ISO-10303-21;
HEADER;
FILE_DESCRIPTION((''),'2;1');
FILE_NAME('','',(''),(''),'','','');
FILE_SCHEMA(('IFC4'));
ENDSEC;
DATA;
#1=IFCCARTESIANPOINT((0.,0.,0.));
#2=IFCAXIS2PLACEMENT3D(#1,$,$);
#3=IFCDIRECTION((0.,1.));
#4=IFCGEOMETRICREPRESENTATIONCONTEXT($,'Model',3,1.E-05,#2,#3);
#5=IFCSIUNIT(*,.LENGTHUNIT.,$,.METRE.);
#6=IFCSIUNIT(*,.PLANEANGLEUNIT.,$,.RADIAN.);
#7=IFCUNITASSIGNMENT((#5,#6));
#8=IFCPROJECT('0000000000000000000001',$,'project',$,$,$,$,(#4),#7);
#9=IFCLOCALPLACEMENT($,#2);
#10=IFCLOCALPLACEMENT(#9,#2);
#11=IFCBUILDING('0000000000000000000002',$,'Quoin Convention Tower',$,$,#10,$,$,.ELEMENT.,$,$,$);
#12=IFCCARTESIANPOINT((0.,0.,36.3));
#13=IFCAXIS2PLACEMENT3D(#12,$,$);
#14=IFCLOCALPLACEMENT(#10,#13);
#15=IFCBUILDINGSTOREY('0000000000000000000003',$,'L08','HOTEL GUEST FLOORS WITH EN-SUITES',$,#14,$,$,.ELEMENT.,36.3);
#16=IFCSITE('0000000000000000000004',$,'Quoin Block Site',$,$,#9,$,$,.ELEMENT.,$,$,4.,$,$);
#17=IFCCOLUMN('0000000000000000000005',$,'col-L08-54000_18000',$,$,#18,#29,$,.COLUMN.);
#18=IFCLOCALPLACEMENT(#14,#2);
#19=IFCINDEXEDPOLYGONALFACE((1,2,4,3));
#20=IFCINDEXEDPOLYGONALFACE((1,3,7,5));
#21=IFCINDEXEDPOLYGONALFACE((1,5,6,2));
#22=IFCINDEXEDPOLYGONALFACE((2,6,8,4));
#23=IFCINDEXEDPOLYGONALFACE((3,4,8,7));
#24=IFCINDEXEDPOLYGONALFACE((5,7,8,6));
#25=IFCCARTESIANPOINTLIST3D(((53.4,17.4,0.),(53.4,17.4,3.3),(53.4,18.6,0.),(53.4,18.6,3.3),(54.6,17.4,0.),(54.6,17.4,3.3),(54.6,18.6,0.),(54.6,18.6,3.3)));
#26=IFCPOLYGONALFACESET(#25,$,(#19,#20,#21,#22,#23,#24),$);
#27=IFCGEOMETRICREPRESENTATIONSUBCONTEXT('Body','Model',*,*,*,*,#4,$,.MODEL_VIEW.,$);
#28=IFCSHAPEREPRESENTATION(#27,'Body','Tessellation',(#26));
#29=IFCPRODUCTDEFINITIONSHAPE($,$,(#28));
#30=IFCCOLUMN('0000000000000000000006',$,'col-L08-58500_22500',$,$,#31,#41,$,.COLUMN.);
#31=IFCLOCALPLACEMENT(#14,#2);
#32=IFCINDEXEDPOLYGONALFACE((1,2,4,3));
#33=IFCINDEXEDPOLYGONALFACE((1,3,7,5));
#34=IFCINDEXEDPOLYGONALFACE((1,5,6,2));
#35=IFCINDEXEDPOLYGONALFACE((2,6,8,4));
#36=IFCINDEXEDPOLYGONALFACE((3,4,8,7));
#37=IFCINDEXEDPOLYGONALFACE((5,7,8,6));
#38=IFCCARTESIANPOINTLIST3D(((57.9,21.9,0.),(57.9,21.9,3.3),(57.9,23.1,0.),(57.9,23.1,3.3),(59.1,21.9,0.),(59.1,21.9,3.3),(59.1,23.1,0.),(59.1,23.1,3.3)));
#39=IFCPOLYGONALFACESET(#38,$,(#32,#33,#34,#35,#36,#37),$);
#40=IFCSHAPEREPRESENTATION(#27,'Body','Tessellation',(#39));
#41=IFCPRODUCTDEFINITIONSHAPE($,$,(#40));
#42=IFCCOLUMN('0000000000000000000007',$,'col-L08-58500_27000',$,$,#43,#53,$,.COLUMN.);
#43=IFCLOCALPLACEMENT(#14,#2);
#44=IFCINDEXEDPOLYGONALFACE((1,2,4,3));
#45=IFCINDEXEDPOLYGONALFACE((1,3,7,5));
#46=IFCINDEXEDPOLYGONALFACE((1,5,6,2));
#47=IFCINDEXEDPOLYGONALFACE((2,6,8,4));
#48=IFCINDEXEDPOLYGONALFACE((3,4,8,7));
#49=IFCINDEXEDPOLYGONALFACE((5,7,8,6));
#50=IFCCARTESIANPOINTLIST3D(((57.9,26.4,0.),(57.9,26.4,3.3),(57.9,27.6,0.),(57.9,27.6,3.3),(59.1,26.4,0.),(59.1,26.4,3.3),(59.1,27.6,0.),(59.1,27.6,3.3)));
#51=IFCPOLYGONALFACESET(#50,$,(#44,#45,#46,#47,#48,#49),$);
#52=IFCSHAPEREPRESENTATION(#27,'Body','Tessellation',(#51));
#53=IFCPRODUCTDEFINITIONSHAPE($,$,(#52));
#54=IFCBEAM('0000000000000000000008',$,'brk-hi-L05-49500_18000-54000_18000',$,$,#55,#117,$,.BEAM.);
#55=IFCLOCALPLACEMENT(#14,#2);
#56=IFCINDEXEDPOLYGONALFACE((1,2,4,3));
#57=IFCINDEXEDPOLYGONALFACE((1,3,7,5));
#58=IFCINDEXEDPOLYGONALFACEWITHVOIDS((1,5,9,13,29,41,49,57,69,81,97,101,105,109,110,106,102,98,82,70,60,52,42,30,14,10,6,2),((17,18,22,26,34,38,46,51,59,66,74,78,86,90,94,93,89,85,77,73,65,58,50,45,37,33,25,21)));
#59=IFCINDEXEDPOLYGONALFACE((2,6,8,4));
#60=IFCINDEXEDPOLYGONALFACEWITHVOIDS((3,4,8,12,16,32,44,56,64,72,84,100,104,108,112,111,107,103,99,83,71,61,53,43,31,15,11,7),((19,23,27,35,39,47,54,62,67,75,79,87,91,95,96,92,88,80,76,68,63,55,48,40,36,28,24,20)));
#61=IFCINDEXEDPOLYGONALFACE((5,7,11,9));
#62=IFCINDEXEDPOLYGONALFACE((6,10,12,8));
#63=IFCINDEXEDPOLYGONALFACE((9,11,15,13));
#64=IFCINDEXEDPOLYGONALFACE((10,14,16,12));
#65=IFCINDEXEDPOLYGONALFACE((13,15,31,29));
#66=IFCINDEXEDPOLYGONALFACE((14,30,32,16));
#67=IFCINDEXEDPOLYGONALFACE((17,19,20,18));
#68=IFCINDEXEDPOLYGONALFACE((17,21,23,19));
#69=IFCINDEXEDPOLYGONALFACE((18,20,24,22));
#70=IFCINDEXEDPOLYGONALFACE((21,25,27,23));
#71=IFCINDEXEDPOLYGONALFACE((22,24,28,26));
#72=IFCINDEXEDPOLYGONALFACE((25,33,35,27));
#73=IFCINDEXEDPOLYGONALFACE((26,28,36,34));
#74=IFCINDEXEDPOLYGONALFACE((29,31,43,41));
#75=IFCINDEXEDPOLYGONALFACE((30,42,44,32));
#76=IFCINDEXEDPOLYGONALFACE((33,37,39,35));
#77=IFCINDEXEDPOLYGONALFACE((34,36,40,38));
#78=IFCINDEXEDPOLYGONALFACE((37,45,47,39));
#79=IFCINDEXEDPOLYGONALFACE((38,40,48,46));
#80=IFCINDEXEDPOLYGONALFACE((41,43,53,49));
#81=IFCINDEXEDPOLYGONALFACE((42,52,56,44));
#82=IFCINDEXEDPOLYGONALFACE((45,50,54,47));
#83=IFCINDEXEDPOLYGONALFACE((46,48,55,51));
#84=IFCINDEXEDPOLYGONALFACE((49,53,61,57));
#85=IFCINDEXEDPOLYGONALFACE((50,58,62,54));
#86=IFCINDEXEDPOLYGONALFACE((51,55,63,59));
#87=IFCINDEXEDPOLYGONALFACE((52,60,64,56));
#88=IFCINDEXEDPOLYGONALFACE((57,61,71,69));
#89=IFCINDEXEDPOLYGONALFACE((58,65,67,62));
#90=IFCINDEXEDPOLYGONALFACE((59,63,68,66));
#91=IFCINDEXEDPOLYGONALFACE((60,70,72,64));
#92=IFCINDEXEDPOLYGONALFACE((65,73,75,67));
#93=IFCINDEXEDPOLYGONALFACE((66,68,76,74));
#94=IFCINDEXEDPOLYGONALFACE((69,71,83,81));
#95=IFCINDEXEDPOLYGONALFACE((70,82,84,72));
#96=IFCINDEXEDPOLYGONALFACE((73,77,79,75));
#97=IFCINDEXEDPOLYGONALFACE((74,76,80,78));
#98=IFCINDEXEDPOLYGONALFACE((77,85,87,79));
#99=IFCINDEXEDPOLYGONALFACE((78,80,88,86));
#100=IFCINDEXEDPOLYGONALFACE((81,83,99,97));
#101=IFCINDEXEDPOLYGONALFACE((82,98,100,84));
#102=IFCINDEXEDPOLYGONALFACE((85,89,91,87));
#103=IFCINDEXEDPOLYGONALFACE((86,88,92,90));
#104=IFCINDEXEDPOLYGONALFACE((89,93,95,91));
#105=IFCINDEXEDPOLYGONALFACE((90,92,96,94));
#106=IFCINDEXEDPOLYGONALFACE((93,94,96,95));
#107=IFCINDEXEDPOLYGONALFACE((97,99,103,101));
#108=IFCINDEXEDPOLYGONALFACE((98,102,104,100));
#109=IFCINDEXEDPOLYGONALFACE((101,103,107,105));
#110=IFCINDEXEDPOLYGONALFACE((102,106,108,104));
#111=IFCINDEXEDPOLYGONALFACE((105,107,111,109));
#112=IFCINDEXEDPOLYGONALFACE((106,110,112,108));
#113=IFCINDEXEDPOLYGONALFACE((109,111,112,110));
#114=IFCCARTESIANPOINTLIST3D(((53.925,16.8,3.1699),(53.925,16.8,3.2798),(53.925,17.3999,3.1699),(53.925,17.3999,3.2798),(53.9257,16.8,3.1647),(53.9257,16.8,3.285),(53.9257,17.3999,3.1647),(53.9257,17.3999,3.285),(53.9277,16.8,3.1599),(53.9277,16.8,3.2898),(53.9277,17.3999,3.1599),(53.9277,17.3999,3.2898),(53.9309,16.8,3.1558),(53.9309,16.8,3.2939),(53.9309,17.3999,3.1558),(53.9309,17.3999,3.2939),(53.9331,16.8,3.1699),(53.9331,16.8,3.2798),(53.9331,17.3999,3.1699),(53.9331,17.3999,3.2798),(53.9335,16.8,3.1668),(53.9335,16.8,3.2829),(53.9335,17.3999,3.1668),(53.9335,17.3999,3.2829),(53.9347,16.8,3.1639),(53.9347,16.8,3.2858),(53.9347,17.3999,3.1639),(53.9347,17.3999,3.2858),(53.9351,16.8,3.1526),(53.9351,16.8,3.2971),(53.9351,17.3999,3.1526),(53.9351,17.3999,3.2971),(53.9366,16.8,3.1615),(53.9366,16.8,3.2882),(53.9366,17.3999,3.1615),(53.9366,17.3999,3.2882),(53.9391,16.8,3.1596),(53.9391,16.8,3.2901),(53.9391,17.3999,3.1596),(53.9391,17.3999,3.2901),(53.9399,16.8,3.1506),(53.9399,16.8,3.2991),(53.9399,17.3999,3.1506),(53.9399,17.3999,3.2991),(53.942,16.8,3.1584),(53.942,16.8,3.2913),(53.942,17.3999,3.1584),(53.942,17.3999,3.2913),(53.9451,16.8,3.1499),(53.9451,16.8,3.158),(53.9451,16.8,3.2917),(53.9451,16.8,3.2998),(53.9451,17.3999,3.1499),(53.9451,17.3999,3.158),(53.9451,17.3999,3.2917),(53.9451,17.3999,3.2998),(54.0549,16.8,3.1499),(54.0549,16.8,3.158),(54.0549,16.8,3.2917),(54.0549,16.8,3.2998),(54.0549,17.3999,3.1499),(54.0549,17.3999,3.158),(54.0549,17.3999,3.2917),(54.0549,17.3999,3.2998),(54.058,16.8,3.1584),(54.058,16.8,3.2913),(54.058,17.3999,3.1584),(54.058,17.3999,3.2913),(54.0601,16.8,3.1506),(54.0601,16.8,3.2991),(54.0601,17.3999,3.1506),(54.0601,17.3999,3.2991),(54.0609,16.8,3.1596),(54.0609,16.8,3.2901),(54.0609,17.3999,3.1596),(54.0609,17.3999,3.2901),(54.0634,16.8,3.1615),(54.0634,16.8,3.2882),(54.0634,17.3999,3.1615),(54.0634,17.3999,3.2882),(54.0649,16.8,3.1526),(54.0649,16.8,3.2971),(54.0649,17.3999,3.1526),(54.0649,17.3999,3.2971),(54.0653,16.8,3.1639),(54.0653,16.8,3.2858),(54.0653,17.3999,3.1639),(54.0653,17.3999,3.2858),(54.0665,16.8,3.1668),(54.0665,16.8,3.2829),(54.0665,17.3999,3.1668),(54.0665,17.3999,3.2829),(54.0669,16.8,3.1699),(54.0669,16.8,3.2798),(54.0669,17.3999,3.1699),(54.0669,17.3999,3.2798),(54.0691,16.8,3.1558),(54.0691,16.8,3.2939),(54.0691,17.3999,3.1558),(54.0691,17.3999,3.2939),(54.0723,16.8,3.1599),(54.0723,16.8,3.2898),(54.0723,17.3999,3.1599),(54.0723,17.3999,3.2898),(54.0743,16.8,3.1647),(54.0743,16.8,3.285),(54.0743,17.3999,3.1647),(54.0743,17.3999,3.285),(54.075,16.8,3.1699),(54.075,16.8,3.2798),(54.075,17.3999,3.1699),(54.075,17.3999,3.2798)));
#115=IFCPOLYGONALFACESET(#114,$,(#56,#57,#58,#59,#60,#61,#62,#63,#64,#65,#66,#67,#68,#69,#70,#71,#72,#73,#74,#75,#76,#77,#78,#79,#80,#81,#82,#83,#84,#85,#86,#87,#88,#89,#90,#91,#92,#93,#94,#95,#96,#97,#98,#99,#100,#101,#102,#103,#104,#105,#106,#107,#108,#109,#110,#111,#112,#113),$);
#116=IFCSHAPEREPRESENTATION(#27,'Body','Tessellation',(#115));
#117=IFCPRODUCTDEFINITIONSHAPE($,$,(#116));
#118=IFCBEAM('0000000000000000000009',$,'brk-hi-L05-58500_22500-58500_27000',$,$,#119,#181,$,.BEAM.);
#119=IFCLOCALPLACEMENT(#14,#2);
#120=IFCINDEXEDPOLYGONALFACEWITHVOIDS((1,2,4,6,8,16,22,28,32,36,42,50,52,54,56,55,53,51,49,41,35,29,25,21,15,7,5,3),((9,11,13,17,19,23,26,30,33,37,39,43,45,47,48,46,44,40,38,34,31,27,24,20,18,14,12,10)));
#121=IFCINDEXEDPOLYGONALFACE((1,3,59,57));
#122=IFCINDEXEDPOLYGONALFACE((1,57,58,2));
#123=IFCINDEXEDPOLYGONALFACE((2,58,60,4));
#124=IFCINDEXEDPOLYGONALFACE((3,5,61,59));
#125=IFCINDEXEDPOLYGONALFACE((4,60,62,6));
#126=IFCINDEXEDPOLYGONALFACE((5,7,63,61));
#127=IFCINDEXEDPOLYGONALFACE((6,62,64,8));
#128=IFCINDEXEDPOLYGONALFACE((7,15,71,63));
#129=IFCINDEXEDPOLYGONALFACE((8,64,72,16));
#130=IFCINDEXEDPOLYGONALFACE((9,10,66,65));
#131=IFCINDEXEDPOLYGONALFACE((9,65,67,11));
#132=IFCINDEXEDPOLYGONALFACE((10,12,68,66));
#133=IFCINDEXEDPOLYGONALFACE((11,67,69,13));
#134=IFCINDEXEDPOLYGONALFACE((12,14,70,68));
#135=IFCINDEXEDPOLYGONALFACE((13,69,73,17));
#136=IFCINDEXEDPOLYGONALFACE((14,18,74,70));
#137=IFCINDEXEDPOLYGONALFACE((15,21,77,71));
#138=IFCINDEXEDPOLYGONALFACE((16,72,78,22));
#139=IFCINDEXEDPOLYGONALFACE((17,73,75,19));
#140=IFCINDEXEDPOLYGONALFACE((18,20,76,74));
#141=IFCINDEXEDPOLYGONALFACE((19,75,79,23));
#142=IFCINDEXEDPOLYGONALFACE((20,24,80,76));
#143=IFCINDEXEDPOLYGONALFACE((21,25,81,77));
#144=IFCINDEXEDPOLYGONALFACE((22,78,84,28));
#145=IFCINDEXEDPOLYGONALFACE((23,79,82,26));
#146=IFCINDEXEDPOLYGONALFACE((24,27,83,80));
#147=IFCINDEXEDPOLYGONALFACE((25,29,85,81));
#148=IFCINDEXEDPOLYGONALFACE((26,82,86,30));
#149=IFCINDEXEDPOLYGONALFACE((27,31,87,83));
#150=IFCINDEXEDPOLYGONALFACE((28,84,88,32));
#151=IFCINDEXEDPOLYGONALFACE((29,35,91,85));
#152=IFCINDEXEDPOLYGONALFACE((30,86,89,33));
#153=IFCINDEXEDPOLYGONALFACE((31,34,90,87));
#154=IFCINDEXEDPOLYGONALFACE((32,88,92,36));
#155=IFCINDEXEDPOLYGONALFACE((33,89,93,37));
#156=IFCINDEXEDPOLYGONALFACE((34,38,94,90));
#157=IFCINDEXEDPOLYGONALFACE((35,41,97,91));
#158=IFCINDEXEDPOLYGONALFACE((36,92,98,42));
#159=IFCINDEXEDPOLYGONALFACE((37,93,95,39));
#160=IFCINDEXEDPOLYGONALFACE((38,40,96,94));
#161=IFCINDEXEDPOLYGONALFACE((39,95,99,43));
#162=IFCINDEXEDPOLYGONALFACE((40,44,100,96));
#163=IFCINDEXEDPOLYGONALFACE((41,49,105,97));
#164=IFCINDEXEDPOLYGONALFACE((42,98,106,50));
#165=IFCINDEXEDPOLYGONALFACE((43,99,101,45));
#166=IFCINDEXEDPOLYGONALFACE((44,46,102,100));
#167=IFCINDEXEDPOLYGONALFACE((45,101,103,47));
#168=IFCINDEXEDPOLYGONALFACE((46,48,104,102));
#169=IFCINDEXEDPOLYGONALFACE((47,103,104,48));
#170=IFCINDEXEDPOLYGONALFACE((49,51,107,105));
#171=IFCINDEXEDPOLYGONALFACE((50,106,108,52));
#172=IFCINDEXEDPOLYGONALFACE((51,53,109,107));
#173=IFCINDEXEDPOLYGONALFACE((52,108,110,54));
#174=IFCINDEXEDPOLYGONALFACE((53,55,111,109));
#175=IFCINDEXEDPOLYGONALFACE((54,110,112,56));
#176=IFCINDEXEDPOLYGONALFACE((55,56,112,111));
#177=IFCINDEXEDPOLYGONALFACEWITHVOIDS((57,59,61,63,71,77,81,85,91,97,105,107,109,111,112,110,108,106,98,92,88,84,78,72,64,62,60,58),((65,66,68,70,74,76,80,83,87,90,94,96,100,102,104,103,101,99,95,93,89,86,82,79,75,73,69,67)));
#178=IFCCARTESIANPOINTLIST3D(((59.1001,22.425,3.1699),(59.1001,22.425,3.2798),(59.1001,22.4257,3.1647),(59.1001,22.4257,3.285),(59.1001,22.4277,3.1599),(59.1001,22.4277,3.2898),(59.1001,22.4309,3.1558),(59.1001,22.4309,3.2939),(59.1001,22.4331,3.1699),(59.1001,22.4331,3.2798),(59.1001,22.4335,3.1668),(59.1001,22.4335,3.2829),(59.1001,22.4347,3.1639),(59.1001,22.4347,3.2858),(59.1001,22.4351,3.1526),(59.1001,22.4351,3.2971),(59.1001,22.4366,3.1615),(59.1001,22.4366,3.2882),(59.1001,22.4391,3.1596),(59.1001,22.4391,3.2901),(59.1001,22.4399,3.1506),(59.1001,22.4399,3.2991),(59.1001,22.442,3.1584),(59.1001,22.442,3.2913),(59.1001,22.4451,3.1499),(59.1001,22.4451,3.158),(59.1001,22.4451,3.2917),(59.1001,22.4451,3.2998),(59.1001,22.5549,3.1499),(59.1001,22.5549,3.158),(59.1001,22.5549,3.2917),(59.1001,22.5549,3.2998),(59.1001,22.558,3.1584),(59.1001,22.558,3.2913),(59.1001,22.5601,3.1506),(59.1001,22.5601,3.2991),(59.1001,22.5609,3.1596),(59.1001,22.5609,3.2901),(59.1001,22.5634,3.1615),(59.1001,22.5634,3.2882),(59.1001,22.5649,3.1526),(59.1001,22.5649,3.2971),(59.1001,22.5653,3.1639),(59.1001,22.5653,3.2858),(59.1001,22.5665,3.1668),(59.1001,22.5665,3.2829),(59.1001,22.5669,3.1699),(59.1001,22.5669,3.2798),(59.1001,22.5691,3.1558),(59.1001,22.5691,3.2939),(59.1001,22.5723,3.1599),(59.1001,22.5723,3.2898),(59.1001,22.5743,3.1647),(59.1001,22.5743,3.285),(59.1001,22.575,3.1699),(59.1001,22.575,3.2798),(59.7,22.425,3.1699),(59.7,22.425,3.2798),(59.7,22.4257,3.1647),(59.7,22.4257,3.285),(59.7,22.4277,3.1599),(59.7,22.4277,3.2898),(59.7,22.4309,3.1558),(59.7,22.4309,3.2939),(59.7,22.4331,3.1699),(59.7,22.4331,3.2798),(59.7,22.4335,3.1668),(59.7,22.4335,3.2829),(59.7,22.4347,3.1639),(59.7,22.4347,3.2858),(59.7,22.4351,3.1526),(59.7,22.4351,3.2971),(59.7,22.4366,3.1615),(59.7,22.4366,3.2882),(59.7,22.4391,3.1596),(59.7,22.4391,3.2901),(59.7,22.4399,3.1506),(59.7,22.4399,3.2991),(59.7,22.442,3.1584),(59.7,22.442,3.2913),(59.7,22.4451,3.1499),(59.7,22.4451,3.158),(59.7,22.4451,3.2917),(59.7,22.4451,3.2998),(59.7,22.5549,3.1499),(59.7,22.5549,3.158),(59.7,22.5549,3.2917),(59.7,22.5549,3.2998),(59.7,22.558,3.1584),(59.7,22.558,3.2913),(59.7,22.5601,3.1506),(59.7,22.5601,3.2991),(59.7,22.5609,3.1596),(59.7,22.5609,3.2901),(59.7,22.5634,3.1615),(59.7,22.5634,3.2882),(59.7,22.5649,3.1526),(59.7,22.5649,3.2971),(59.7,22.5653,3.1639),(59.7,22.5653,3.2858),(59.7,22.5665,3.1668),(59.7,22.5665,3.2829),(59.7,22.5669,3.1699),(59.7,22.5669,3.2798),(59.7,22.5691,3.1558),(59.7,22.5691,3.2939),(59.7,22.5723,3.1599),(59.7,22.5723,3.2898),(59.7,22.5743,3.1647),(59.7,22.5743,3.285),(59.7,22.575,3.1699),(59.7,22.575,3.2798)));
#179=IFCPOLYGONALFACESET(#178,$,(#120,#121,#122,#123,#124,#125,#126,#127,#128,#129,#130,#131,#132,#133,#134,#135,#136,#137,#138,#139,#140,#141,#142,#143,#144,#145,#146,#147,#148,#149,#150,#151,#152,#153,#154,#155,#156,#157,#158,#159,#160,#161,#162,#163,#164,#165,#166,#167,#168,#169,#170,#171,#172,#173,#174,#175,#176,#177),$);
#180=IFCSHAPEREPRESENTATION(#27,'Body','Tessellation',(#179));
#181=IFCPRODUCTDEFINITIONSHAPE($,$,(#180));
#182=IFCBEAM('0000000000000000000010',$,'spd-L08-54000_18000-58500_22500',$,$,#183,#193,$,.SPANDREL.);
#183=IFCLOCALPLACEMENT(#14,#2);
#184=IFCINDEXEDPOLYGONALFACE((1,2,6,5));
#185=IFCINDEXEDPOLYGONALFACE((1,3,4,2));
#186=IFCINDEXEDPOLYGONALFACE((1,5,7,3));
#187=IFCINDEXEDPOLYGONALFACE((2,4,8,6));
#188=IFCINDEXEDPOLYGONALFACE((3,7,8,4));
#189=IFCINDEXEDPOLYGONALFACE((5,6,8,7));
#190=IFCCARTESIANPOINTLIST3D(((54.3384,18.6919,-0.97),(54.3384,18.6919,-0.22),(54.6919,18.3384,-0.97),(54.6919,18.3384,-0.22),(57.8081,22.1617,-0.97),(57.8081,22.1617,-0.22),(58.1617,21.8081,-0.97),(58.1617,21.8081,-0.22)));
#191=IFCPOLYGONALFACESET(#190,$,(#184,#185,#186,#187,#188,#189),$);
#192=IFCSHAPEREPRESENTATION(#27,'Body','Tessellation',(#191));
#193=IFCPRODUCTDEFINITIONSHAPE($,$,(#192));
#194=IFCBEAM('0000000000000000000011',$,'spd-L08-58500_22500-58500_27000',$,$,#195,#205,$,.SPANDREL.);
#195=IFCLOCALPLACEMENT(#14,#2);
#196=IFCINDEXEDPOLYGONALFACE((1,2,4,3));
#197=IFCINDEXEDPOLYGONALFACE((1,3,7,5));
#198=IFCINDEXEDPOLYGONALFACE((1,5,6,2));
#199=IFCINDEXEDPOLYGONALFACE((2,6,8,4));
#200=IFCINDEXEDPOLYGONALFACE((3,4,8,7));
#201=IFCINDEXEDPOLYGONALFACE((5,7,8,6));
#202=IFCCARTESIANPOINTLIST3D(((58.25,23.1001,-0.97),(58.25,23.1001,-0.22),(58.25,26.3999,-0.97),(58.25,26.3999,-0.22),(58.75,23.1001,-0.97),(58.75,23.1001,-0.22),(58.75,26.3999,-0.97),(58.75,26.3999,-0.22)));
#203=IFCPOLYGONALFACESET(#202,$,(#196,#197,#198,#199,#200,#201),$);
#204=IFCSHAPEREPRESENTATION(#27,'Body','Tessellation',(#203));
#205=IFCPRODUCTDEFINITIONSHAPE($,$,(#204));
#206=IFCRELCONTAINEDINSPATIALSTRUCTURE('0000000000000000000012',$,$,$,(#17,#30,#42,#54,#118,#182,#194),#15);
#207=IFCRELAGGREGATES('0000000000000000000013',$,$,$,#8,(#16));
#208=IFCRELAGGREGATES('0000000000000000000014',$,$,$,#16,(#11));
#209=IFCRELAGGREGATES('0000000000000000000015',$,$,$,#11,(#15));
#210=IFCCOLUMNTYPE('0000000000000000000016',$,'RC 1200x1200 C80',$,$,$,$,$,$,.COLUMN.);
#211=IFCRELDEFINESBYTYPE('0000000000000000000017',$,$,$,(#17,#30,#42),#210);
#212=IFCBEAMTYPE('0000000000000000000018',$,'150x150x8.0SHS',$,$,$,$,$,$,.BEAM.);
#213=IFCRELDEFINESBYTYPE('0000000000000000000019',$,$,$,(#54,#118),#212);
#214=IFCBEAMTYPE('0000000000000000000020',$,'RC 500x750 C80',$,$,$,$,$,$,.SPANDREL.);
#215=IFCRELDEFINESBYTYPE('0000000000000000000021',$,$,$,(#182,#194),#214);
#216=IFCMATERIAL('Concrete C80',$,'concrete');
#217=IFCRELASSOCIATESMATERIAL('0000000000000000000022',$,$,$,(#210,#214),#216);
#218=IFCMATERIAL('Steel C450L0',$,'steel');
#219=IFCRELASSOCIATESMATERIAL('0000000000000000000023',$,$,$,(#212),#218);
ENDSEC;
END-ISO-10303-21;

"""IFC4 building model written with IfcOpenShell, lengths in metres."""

from ifc_helpers import new_model, si_unit, direction, frame, origin, origin_2d, place, context, subcontext, project, spatial, rectangle, hollow_rectangle, extrude, material, material_profile, profile_set, type_object, element, save


model = new_model("IFC4")

# Units and contexts
model_context = context("Model", 3, precision=1e-05, world=origin(), true_north=direction((0.0, 1.0)))
body_context = subcontext(model_context, "Body", "Model", "MODEL_VIEW")
ifc_project = project(units=[si_unit("LENGTHUNIT", "METRE"), si_unit("PLANEANGLEUNIT", "RADIAN")], contexts=[model_context])

# Site, building, storey
site_placement = place(None, origin())
site = spatial("IfcSite", under=ifc_project, at=site_placement, Name="Quoin Block Site", CompositionType="ELEMENT", RefElevation=4.0)
building_placement = place(site_placement, origin())
building = spatial("IfcBuilding", under=site, at=building_placement, Name="Quoin Convention Tower", CompositionType="ELEMENT")
storey_placement = place(building_placement, frame((0.0, 0.0, 36.3)))
storey = spatial("IfcBuildingStorey", under=building, at=storey_placement, Name="L08", Description="HOTEL GUEST FLOORS WITH EN-SUITES", CompositionType="ELEMENT", Elevation=36.3)

# Columns
ifc_material_1 = material(Name="Concrete C80", Category="concrete")
ifc_material_profile_1 = material_profile(ifc_material_1, rectangle(XDim=1.2, YDim=1.2, at=origin_2d()), Name="RC 1200x1200")
ifc_profile_set_1 = profile_set([ifc_material_profile_1], Name="Concrete C80")
column_type = type_object("IfcColumnType", Name="RC 1200x1200 C80", PredefinedType="COLUMN", material=ifc_profile_set_1)
for number, where, z_axis, x_axis, name in (
    (1, (54.0, 18.0, 0.0), (0.0, 0.0, 1.0), (1.0, 0.0, 0.0), "col-L08-54000_18000"),
    (2, (58.5, 22.5, 0.0), (0.0, 0.0, 1.0), (1.0, 0.0, 0.0), "col-L08-58500_22500"),
    (3, (58.5, 27.0, 0.0), (0.0, 0.0, 1.0), (1.0, 0.0, 0.0), "col-L08-58500_27000"),
):
    element("IfcColumn", number, at=place(storey_placement, frame(where, z_axis=z_axis, x_axis=x_axis)), inside=storey, type_object=column_type, Name=name, PredefinedType="COLUMN", context=body_context, shape_type="SweptSolid", body=[
        extrude(rectangle(XDim=1.2, YDim=1.2, at=origin_2d()), origin(), (0.0, 0.0, 1.0), 3.3),
    ])

# Beams
ifc_material_2 = material(Name="Steel C450L0", Category="steel")
ifc_material_profile_2 = material_profile(ifc_material_2, hollow_rectangle(XDim=0.1499, YDim=0.1499, WallThickness=0.0081, InnerFilletRadius=0.012, OuterFilletRadius=0.02, at=origin_2d()), Name="150x150x8.0SHS")
ifc_profile_set_2 = profile_set([ifc_material_profile_2], Name="Steel C450L0")
beam_type_1 = type_object("IfcBeamType", Name="150x150x8.0SHS", PredefinedType="BEAM", material=ifc_profile_set_2)
for number, where, z_axis, x_axis, name in (
    (4, (54.0, 17.3999, 3.2249), (0.0, -1.0, 0.0), (1.0, 0.0, 0.0), "brk-hi-L05-49500_18000-54000_18000"),
    (5, (59.1001, 22.5, 3.2249), (1.0, 0.0, 0.0), (0.0, 1.0, 0.0), "brk-hi-L05-58500_22500-58500_27000"),
):
    element("IfcBeam", number, at=place(storey_placement, frame(where, z_axis=z_axis, x_axis=x_axis)), inside=storey, type_object=beam_type_1, Name=name, PredefinedType="BEAM", context=body_context, shape_type="SweptSolid", body=[
        extrude(hollow_rectangle(XDim=0.1499, YDim=0.1499, WallThickness=0.0081, InnerFilletRadius=0.012, OuterFilletRadius=0.02, at=origin_2d()), origin(), (0.0, 0.0, 1.0), 0.5999),
    ])
ifc_material_profile_3 = material_profile(ifc_material_1, rectangle(XDim=0.5, YDim=0.75, at=origin_2d()), Name="RC 500x750")
ifc_profile_set_3 = profile_set([ifc_material_profile_3], Name="Concrete C80")
beam_type_2 = type_object("IfcBeamType", Name="RC 500x750 C80", PredefinedType="SPANDREL", material=ifc_profile_set_3)
beam_1_placement = place(storey_placement, frame((54.5151, 18.5151, -0.595), z_axis=(0.707107, 0.707107, 0.0), x_axis=(-0.707107, 0.707107, 0.0)))
element("IfcBeam", 6, at=beam_1_placement, inside=storey, type_object=beam_type_2, Name="spd-L08-54000_18000-58500_22500", PredefinedType="SPANDREL", context=body_context, shape_type="SweptSolid", body=[
    extrude(rectangle(XDim=0.5, YDim=0.75, at=origin_2d()), origin(), (0.0, 0.0, 1.0), 4.907),
])
beam_2_placement = place(storey_placement, frame((58.5, 23.1001, -0.595), z_axis=(0.0, 1.0, 0.0), x_axis=(-1.0, 0.0, 0.0)))
element("IfcBeam", 7, at=beam_2_placement, inside=storey, type_object=beam_type_2, Name="spd-L08-58500_22500-58500_27000", PredefinedType="SPANDREL", context=body_context, shape_type="SweptSolid", body=[
    extrude(rectangle(XDim=0.5, YDim=0.75, at=origin_2d()), origin(), (0.0, 0.0, 1.0), 3.2998),
])

save(model, "model.ifc")
